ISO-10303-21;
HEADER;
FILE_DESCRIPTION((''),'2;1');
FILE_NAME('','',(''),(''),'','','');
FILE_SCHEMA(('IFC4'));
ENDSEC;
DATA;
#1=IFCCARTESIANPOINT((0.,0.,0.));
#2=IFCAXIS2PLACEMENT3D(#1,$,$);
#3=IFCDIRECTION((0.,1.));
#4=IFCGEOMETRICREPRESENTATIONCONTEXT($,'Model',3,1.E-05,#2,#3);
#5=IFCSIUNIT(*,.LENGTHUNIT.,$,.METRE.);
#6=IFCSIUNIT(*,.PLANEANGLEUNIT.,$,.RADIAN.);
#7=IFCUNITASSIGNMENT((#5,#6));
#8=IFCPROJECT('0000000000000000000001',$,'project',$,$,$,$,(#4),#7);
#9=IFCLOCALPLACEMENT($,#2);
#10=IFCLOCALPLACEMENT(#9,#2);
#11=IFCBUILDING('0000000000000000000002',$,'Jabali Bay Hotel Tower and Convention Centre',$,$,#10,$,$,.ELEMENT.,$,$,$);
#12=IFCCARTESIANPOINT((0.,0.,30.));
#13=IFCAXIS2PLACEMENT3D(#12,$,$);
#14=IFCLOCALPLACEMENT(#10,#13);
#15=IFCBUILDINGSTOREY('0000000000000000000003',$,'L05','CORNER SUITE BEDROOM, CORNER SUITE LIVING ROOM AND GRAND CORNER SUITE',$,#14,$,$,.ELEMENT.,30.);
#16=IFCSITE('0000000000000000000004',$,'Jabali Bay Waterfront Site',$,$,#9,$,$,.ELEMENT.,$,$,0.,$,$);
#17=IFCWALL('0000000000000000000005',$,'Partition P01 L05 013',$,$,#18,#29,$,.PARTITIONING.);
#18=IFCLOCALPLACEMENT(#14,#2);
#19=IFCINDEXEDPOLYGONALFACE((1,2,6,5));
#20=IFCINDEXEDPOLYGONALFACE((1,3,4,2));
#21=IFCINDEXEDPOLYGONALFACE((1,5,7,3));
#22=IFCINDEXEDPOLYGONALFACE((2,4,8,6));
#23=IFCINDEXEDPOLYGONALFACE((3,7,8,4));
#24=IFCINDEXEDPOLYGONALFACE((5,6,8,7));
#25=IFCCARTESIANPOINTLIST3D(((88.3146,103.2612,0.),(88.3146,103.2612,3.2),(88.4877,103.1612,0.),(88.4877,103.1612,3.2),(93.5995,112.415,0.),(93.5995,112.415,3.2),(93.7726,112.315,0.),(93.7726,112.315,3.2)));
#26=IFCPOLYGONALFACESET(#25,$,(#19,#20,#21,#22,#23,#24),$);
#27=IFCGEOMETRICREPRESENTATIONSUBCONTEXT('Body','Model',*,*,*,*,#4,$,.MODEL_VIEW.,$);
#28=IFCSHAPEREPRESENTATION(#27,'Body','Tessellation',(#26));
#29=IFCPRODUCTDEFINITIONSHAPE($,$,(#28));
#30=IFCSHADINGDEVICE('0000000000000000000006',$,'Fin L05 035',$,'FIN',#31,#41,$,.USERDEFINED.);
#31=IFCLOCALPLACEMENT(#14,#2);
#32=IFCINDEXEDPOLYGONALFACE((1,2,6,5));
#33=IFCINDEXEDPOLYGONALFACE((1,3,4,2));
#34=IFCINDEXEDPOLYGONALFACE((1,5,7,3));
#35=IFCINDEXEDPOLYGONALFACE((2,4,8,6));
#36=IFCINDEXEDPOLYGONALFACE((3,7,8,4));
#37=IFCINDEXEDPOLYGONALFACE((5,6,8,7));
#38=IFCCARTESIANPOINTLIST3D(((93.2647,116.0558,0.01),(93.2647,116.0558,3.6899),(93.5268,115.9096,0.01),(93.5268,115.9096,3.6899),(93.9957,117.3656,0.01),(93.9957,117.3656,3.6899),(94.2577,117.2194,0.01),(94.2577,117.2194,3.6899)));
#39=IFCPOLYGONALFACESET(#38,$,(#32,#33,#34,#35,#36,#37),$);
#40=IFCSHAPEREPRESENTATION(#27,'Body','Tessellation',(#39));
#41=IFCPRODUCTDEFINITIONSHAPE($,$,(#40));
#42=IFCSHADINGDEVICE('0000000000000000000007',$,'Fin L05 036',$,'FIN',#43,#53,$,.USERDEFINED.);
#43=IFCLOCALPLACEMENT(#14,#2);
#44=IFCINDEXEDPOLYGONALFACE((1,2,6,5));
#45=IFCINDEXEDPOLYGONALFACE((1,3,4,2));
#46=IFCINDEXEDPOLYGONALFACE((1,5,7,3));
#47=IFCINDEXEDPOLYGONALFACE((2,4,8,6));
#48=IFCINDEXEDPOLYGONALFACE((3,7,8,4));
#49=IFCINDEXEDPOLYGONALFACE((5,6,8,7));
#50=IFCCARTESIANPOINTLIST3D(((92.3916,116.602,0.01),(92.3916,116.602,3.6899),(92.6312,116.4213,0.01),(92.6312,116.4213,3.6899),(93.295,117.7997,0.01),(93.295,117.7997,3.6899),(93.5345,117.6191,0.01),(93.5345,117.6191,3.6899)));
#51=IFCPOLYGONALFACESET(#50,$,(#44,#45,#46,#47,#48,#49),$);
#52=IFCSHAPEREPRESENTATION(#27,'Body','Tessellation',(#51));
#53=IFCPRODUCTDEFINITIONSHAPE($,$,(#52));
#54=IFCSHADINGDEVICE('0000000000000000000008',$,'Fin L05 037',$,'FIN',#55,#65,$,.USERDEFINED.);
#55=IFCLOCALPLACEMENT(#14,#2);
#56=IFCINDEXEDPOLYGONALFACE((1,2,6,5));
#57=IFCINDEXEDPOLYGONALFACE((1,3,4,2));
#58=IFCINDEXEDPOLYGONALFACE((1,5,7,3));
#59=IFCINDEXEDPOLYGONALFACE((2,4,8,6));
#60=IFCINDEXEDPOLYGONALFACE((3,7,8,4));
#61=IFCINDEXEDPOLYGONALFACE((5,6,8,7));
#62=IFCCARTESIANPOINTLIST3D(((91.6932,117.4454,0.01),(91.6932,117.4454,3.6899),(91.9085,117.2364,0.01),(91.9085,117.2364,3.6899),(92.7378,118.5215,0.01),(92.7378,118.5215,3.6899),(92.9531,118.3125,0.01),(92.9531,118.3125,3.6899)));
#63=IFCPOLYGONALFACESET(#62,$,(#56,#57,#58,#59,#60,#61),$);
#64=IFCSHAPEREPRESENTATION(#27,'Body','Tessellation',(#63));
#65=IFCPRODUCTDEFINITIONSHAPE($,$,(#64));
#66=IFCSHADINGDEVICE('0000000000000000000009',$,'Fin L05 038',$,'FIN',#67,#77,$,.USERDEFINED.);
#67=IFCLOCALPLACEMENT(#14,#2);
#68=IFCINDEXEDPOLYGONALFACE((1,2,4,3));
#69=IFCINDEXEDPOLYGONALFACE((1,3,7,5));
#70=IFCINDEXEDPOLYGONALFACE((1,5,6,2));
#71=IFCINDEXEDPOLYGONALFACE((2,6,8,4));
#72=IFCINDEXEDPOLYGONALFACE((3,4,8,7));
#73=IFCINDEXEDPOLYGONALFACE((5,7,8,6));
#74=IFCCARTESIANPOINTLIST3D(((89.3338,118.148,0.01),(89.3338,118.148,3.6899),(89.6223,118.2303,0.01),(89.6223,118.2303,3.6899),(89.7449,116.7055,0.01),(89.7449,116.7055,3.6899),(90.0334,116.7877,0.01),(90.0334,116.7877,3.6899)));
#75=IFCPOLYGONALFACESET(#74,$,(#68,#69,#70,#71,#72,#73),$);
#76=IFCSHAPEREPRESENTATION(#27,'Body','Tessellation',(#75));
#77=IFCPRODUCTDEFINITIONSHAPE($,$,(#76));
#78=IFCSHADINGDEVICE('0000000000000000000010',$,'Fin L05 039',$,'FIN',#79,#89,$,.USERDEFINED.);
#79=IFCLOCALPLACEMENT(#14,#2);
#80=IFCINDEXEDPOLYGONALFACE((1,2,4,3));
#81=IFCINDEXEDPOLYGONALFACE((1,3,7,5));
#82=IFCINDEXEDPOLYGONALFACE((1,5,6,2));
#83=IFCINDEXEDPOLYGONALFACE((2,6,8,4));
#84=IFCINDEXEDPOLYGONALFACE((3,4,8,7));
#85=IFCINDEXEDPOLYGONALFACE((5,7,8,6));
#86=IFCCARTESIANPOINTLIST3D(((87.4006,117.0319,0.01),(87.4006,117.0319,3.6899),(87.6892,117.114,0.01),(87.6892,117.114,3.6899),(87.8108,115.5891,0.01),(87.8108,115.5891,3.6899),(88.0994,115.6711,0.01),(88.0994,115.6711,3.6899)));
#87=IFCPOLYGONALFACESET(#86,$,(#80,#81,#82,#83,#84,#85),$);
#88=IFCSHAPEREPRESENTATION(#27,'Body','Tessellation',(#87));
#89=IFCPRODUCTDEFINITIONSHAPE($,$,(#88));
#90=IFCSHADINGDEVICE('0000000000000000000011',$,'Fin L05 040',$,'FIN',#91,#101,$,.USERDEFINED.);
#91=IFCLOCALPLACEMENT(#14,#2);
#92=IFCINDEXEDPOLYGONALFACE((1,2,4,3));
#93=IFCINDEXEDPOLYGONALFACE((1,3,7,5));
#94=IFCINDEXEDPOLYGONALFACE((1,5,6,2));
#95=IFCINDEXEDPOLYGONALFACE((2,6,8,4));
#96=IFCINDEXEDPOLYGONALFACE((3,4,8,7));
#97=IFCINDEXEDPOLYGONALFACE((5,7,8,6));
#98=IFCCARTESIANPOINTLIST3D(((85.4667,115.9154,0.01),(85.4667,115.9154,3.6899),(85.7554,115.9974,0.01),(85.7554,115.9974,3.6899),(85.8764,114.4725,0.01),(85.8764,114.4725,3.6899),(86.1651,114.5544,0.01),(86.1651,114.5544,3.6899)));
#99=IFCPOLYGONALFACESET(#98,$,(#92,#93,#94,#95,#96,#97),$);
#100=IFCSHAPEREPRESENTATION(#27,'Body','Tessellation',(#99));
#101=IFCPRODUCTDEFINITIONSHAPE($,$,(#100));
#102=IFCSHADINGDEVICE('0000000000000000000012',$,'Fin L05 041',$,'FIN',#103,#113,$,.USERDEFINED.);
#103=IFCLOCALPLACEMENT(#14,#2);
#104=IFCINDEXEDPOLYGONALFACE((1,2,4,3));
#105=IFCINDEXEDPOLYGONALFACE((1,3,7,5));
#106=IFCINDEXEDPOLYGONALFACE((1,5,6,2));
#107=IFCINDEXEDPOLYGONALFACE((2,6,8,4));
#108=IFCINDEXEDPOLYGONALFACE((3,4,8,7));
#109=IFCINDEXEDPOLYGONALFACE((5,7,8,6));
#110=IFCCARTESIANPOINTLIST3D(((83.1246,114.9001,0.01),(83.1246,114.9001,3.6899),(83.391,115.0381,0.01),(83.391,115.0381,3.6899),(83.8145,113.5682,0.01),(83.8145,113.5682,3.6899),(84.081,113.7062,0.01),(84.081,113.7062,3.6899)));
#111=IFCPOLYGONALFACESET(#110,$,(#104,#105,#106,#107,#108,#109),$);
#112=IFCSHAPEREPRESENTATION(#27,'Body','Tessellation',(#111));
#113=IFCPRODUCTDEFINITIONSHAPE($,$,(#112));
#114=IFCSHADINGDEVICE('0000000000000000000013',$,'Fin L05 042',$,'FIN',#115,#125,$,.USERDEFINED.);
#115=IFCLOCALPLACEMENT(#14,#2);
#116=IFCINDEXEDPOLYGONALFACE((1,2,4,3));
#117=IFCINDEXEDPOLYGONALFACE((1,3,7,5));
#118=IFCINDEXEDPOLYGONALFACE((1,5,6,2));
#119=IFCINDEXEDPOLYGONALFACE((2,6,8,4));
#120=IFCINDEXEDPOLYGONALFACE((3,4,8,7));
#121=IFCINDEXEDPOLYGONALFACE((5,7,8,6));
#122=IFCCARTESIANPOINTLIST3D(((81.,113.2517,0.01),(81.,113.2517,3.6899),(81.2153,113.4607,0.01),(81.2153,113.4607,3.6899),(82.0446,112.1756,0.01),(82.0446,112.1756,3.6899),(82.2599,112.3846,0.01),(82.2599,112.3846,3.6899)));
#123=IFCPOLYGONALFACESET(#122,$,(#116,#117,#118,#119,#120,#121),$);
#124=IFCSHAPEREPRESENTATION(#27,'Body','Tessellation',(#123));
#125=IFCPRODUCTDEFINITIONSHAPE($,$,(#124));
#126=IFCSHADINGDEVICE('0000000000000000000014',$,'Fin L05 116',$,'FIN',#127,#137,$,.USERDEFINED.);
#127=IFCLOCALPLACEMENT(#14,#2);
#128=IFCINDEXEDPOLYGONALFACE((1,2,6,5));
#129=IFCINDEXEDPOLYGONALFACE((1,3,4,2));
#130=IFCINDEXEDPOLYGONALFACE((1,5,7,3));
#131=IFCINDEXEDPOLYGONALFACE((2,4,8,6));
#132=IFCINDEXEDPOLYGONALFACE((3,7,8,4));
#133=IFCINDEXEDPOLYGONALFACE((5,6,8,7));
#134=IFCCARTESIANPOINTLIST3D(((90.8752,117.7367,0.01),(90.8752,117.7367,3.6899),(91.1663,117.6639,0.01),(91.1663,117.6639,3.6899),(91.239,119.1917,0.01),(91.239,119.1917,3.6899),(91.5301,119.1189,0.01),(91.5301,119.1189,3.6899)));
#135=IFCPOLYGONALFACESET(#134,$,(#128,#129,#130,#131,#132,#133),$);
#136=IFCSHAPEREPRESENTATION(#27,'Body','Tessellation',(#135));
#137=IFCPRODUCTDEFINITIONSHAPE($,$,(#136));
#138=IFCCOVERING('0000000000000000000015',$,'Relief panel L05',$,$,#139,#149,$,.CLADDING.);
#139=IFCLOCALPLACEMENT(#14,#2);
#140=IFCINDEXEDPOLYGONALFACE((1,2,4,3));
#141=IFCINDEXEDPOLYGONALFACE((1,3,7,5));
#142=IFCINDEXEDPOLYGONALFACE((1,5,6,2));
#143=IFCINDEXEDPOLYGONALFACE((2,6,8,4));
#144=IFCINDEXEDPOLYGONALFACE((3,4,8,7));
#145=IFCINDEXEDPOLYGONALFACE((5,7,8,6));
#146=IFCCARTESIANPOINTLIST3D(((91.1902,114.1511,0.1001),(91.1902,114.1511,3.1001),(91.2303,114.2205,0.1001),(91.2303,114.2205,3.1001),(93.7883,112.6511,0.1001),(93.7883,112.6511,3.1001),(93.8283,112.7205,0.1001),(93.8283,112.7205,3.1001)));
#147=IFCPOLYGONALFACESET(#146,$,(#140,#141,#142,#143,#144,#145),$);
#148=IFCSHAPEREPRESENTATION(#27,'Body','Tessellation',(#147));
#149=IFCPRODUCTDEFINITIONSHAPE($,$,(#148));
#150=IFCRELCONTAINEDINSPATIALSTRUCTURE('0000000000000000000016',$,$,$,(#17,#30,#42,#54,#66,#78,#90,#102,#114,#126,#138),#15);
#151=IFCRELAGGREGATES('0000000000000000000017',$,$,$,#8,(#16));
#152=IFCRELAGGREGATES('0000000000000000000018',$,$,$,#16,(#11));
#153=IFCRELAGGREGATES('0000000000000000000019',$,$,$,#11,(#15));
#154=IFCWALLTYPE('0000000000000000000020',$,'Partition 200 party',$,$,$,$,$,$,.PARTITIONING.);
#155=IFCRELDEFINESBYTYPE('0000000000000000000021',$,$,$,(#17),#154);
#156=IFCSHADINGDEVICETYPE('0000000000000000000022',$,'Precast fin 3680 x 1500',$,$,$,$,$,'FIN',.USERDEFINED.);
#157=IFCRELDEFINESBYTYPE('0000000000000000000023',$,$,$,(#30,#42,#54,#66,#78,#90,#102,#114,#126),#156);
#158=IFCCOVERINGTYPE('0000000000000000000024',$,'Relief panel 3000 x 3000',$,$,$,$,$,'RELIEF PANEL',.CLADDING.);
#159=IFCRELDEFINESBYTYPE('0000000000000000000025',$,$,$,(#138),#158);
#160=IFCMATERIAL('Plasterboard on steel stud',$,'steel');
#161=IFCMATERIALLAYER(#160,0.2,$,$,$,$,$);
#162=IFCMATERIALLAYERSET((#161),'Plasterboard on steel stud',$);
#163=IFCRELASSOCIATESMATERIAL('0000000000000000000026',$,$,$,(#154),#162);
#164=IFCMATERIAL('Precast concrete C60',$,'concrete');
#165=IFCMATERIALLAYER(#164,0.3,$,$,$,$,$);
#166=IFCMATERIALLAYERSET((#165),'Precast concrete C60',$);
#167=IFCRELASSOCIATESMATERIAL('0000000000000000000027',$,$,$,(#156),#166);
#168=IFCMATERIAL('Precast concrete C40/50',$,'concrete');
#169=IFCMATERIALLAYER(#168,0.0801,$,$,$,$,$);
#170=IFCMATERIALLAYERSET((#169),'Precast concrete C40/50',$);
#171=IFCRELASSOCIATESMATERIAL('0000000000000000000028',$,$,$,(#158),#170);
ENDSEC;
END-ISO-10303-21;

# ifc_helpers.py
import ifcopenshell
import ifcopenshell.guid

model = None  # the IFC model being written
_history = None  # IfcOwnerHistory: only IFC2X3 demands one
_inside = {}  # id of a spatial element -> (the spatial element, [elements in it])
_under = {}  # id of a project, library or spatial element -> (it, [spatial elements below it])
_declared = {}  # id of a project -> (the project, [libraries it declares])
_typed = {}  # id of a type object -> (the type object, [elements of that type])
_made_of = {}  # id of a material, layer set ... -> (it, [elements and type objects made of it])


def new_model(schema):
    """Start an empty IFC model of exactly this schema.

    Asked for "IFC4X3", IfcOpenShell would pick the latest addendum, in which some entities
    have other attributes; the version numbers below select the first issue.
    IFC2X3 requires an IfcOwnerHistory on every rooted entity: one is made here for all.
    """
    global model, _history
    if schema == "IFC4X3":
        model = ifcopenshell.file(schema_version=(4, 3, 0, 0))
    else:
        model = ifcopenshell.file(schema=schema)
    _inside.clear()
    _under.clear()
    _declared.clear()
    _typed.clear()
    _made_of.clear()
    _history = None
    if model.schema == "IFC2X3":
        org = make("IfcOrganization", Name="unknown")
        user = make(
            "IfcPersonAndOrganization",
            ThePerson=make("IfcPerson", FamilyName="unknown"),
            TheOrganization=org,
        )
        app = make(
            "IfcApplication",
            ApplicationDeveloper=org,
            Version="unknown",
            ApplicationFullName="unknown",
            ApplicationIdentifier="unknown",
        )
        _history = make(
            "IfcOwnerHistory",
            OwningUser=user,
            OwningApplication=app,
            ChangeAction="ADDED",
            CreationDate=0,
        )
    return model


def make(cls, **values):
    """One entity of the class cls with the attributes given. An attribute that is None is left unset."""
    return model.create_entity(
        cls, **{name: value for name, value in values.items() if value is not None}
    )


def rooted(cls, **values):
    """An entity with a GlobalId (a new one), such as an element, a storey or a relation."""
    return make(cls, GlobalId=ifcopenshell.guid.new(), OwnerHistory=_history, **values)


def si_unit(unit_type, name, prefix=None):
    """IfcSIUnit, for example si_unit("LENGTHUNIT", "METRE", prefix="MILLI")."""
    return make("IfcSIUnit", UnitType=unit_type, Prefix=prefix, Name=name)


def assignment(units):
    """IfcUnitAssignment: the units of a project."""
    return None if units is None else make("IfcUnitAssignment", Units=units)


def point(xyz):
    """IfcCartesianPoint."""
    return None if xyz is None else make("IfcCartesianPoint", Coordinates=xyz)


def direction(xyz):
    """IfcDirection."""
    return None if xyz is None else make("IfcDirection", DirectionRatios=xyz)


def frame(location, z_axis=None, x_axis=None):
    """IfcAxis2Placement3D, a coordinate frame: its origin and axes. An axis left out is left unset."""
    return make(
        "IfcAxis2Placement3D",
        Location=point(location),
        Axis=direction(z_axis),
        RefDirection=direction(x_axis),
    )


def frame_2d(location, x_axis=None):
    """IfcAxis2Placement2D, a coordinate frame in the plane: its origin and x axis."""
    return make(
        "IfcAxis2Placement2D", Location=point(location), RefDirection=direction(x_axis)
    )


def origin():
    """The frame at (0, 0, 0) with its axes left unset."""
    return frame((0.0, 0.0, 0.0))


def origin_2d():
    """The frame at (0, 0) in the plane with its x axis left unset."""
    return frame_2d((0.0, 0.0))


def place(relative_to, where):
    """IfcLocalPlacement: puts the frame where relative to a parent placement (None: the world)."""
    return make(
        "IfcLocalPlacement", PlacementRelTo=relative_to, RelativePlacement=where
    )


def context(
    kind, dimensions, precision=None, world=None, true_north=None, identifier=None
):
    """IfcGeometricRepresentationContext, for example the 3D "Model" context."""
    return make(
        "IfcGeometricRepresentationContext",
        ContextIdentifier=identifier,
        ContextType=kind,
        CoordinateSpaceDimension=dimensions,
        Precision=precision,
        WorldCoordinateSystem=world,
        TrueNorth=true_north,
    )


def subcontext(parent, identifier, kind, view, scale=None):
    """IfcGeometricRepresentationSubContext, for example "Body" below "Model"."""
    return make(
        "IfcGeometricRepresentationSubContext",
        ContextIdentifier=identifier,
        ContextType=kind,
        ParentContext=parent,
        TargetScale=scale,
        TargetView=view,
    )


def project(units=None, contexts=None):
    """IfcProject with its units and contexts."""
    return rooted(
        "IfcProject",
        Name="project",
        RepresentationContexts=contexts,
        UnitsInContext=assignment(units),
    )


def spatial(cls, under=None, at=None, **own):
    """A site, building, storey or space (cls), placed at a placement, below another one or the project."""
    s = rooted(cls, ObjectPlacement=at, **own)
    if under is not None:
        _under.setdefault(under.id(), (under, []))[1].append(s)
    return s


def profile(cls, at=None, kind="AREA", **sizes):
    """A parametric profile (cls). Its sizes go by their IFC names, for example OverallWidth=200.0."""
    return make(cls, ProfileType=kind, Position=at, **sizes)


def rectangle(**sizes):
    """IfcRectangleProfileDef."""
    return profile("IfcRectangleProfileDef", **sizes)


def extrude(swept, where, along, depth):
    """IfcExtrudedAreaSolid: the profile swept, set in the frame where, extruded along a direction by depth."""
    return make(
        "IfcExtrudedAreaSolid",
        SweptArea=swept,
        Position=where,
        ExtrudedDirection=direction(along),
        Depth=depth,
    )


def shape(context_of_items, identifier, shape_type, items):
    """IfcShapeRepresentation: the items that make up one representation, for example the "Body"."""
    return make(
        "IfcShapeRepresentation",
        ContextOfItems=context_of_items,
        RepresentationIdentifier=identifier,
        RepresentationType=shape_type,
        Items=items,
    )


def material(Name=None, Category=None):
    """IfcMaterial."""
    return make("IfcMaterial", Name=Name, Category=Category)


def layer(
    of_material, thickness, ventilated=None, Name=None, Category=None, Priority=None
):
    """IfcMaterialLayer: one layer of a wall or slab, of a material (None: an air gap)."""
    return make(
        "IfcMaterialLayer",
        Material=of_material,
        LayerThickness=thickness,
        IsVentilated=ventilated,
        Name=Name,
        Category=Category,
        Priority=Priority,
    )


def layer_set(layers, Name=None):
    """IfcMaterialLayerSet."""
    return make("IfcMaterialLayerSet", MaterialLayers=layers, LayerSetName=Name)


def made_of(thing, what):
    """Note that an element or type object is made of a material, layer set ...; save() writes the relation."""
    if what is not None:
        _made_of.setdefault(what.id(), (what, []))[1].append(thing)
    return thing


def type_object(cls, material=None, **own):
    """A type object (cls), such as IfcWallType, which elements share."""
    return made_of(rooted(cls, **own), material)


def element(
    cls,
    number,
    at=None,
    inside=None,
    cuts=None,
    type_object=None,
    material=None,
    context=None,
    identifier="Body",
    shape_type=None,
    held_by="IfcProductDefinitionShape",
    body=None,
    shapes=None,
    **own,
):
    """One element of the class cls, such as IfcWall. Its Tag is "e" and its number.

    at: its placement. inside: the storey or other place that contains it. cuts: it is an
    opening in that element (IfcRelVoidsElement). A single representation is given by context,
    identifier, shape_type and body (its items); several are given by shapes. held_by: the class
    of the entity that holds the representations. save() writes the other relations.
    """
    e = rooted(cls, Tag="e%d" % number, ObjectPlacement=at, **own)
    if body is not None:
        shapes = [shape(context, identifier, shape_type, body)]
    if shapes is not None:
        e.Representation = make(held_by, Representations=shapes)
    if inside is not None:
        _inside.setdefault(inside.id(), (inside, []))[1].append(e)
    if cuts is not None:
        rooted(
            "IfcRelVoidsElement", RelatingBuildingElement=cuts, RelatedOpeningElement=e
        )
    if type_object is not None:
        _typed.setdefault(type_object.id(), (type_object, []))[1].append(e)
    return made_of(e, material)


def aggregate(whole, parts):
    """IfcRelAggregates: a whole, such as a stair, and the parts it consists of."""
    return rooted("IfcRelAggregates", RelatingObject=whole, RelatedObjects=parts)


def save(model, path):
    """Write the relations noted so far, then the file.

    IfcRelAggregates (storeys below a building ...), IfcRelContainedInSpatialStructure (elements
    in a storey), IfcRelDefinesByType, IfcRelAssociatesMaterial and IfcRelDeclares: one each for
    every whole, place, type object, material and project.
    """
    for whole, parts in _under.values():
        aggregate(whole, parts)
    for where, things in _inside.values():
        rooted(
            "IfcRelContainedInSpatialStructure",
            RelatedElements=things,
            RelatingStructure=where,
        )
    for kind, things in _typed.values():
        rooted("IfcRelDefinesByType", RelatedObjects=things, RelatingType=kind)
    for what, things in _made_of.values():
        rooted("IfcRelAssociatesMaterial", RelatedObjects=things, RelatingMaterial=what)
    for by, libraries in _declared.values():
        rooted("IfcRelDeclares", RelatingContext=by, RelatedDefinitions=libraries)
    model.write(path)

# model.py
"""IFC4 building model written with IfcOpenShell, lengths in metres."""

from ifc_helpers import new_model, si_unit, direction, frame, frame_2d, origin, origin_2d, place, context, subcontext, project, spatial, rectangle, extrude, material, layer, layer_set, type_object, element, save


model = new_model("IFC4")

# Units and contexts
model_context = context("Model", 3, precision=1e-05, world=origin(), true_north=direction((0.0, 1.0)))
body_context = subcontext(model_context, "Body", "Model", "MODEL_VIEW")
ifc_project = project(units=[si_unit("LENGTHUNIT", "METRE"), si_unit("PLANEANGLEUNIT", "RADIAN")], contexts=[model_context])

# Site, building, storey
site_placement = place(None, origin())
site = spatial("IfcSite", under=ifc_project, at=site_placement, Name="Jabali Bay Waterfront Site", CompositionType="ELEMENT", RefElevation=0.0)
building_placement = place(site_placement, origin())
building = spatial("IfcBuilding", under=site, at=building_placement, Name="Jabali Bay Hotel Tower and Convention Centre", CompositionType="ELEMENT")
storey_placement = place(building_placement, frame((0.0, 0.0, 30.0)))
storey = spatial("IfcBuildingStorey", under=building, at=storey_placement, Name="L05", Description="CORNER SUITE BEDROOM, CORNER SUITE LIVING ROOM AND GRAND CORNER SUITE", CompositionType="ELEMENT", Elevation=30.0)

# Shared definitions
ifc_material_1 = material(Name="Plasterboard on steel stud", Category="steel")

# Wall
ifc_layer_1 = layer(ifc_material_1, 0.2)
ifc_layer_set_1 = layer_set([ifc_layer_1], Name="Plasterboard on steel stud")
wall_type_1 = type_object("IfcWallType", Name="Partition 200 party", PredefinedType="PARTITIONING", material=ifc_layer_set_1)
wall_1_placement = place(storey_placement, frame((93.686, 112.365, 0.0), z_axis=(0.0, 0.0, 1.0), x_axis=(-0.499997, -0.866027, 0.0)))
element("IfcWall", 1, at=wall_1_placement, inside=storey, type_object=wall_type_1, Name="Partition P01 L05 013", PredefinedType="PARTITIONING", context=body_context, shape_type="SweptSolid", body=[
    extrude(rectangle(XDim=10.5698, YDim=0.2, at=frame_2d((5.2849, 0.0))), origin(), (0.0, 0.0, 1.0), 3.2),
])

# Shading devices
ifc_material_2 = material(Name="Precast concrete C60", Category="concrete")
ifc_layer_2 = layer(ifc_material_2, 0.3)
ifc_layer_set_2 = layer_set([ifc_layer_2], Name="Precast concrete C60")
shading_device_type = type_object("IfcShadingDeviceType", Name="Precast fin 3680 x 1500", ElementType="FIN", PredefinedType="USERDEFINED", material=ifc_layer_set_2)
shading_device_1_placement = place(storey_placement, frame((93.3958, 115.9827, 0.01), z_axis=(0.0, 0.0, 1.0), x_axis=(0.487314, 0.873227, 0.0)))
element("IfcShadingDevice", 2, at=shading_device_1_placement, inside=storey, type_object=shading_device_type, Name="Fin L05 035", ObjectType="FIN", PredefinedType="USERDEFINED", context=body_context, shape_type="SweptSolid", body=[
    extrude(rectangle(XDim=1.5, YDim=0.3, at=frame_2d((0.75, 0.0))), origin(), (0.0, 0.0, 1.0), 3.6799),
])
shading_device_2_placement = place(storey_placement, frame((92.5115, 116.5117, 0.01), z_axis=(0.0, 0.0, 1.0), x_axis=(0.602133, 0.798396, 0.0)))
element("IfcShadingDevice", 3, at=shading_device_2_placement, inside=storey, type_object=shading_device_type, Name="Fin L05 036", ObjectType="FIN", PredefinedType="USERDEFINED", context=body_context, shape_type="SweptSolid", body=[
    extrude(rectangle(XDim=1.5002, YDim=0.3, at=frame_2d((0.75, 0.0))), origin(), (0.0, 0.0, 1.0), 3.6799),
])
shading_device_3_placement = place(storey_placement, frame((91.8008, 117.3408, 0.01), z_axis=(0.0, 0.0, 1.0), x_axis=(0.69653, 0.717528, 0.0)))
element("IfcShadingDevice", 4, at=shading_device_3_placement, inside=storey, type_object=shading_device_type, Name="Fin L05 037", ObjectType="FIN", PredefinedType="USERDEFINED", context=body_context, shape_type="SweptSolid", body=[
    extrude(rectangle(XDim=1.4998, YDim=0.3, at=frame_2d((0.75, 0.0))), origin(), (0.0, 0.0, 1.0), 3.6799),
])
for number, where, z_axis, x_axis, name in (
    (5, (89.8892, 116.7466, 0.01), (0.0, 0.0, 1.0), (-0.274076, 0.961708, 0.0), "Fin L05 038"),
    (6, (87.9551, 115.6301, 0.01), (0.0, 0.0, 1.0), (-0.273431, 0.961892, 0.0), "Fin L05 039"),
    (7, (86.0208, 114.5134, 0.01), (0.0, 0.0, 1.0), (-0.27313, 0.961977, 0.0), "Fin L05 040"),
    (8, (83.9478, 113.6372, 0.01), (0.0, 0.0, 1.0), (-0.459994, 0.887922, 0.0), "Fin L05 041"),
):
    element("IfcShadingDevice", number, at=place(storey_placement, frame(where, z_axis=z_axis, x_axis=x_axis)), inside=storey, type_object=shading_device_type, Name=name, ObjectType="FIN", PredefinedType="USERDEFINED", context=body_context, shape_type="SweptSolid", body=[
        extrude(rectangle(XDim=1.5, YDim=0.3, at=frame_2d((0.75, 0.0))), origin(), (0.0, 0.0, 1.0), 3.6799),
    ])
for number, where, z_axis, x_axis, name in (
    (9, (82.1523, 112.28, 0.01), (0.0, 0.0, 1.0), (-0.69653, 0.717528, 0.0), "Fin L05 042"),
    (10, (91.0208, 117.7002, 0.01), (0.0, 0.0, 1.0), (0.242536, 0.970143, 0.0), "Fin L05 116"),
):
    element("IfcShadingDevice", number, at=place(storey_placement, frame(where, z_axis=z_axis, x_axis=x_axis)), inside=storey, type_object=shading_device_type, Name=name, ObjectType="FIN", PredefinedType="USERDEFINED", context=body_context, shape_type="SweptSolid", body=[
        extrude(rectangle(XDim=1.4998, YDim=0.3, at=frame_2d((0.75, 0.0))), origin(), (0.0, 0.0, 1.0), 3.6799),
    ])

# Covering
ifc_material_3 = material(Name="Precast concrete C40/50", Category="concrete")
ifc_layer_3 = layer(ifc_material_3, 0.0801)
ifc_layer_set_3 = layer_set([ifc_layer_3], Name="Precast concrete C40/50")
covering_type = type_object("IfcCoveringType", Name="Relief panel 3000 x 3000", ElementType="RELIEF PANEL", PredefinedType="CLADDING", material=ifc_layer_set_3)
covering_placement = place(storey_placement, frame((92.5093, 113.4358, 0.1001), z_axis=(0.0, 0.0, 1.0), x_axis=(0.866025, -0.5, 0.0)))
element("IfcCovering", 11, at=covering_placement, inside=storey, type_object=covering_type, Name="Relief panel L05", PredefinedType="CLADDING", context=body_context, shape_type="SweptSolid", body=[
    extrude(rectangle(XDim=3.0, YDim=0.0801, at=origin_2d()), origin(), (0.0, 0.0, 1.0), 3.0),
])

save(model, "model.ifc")
